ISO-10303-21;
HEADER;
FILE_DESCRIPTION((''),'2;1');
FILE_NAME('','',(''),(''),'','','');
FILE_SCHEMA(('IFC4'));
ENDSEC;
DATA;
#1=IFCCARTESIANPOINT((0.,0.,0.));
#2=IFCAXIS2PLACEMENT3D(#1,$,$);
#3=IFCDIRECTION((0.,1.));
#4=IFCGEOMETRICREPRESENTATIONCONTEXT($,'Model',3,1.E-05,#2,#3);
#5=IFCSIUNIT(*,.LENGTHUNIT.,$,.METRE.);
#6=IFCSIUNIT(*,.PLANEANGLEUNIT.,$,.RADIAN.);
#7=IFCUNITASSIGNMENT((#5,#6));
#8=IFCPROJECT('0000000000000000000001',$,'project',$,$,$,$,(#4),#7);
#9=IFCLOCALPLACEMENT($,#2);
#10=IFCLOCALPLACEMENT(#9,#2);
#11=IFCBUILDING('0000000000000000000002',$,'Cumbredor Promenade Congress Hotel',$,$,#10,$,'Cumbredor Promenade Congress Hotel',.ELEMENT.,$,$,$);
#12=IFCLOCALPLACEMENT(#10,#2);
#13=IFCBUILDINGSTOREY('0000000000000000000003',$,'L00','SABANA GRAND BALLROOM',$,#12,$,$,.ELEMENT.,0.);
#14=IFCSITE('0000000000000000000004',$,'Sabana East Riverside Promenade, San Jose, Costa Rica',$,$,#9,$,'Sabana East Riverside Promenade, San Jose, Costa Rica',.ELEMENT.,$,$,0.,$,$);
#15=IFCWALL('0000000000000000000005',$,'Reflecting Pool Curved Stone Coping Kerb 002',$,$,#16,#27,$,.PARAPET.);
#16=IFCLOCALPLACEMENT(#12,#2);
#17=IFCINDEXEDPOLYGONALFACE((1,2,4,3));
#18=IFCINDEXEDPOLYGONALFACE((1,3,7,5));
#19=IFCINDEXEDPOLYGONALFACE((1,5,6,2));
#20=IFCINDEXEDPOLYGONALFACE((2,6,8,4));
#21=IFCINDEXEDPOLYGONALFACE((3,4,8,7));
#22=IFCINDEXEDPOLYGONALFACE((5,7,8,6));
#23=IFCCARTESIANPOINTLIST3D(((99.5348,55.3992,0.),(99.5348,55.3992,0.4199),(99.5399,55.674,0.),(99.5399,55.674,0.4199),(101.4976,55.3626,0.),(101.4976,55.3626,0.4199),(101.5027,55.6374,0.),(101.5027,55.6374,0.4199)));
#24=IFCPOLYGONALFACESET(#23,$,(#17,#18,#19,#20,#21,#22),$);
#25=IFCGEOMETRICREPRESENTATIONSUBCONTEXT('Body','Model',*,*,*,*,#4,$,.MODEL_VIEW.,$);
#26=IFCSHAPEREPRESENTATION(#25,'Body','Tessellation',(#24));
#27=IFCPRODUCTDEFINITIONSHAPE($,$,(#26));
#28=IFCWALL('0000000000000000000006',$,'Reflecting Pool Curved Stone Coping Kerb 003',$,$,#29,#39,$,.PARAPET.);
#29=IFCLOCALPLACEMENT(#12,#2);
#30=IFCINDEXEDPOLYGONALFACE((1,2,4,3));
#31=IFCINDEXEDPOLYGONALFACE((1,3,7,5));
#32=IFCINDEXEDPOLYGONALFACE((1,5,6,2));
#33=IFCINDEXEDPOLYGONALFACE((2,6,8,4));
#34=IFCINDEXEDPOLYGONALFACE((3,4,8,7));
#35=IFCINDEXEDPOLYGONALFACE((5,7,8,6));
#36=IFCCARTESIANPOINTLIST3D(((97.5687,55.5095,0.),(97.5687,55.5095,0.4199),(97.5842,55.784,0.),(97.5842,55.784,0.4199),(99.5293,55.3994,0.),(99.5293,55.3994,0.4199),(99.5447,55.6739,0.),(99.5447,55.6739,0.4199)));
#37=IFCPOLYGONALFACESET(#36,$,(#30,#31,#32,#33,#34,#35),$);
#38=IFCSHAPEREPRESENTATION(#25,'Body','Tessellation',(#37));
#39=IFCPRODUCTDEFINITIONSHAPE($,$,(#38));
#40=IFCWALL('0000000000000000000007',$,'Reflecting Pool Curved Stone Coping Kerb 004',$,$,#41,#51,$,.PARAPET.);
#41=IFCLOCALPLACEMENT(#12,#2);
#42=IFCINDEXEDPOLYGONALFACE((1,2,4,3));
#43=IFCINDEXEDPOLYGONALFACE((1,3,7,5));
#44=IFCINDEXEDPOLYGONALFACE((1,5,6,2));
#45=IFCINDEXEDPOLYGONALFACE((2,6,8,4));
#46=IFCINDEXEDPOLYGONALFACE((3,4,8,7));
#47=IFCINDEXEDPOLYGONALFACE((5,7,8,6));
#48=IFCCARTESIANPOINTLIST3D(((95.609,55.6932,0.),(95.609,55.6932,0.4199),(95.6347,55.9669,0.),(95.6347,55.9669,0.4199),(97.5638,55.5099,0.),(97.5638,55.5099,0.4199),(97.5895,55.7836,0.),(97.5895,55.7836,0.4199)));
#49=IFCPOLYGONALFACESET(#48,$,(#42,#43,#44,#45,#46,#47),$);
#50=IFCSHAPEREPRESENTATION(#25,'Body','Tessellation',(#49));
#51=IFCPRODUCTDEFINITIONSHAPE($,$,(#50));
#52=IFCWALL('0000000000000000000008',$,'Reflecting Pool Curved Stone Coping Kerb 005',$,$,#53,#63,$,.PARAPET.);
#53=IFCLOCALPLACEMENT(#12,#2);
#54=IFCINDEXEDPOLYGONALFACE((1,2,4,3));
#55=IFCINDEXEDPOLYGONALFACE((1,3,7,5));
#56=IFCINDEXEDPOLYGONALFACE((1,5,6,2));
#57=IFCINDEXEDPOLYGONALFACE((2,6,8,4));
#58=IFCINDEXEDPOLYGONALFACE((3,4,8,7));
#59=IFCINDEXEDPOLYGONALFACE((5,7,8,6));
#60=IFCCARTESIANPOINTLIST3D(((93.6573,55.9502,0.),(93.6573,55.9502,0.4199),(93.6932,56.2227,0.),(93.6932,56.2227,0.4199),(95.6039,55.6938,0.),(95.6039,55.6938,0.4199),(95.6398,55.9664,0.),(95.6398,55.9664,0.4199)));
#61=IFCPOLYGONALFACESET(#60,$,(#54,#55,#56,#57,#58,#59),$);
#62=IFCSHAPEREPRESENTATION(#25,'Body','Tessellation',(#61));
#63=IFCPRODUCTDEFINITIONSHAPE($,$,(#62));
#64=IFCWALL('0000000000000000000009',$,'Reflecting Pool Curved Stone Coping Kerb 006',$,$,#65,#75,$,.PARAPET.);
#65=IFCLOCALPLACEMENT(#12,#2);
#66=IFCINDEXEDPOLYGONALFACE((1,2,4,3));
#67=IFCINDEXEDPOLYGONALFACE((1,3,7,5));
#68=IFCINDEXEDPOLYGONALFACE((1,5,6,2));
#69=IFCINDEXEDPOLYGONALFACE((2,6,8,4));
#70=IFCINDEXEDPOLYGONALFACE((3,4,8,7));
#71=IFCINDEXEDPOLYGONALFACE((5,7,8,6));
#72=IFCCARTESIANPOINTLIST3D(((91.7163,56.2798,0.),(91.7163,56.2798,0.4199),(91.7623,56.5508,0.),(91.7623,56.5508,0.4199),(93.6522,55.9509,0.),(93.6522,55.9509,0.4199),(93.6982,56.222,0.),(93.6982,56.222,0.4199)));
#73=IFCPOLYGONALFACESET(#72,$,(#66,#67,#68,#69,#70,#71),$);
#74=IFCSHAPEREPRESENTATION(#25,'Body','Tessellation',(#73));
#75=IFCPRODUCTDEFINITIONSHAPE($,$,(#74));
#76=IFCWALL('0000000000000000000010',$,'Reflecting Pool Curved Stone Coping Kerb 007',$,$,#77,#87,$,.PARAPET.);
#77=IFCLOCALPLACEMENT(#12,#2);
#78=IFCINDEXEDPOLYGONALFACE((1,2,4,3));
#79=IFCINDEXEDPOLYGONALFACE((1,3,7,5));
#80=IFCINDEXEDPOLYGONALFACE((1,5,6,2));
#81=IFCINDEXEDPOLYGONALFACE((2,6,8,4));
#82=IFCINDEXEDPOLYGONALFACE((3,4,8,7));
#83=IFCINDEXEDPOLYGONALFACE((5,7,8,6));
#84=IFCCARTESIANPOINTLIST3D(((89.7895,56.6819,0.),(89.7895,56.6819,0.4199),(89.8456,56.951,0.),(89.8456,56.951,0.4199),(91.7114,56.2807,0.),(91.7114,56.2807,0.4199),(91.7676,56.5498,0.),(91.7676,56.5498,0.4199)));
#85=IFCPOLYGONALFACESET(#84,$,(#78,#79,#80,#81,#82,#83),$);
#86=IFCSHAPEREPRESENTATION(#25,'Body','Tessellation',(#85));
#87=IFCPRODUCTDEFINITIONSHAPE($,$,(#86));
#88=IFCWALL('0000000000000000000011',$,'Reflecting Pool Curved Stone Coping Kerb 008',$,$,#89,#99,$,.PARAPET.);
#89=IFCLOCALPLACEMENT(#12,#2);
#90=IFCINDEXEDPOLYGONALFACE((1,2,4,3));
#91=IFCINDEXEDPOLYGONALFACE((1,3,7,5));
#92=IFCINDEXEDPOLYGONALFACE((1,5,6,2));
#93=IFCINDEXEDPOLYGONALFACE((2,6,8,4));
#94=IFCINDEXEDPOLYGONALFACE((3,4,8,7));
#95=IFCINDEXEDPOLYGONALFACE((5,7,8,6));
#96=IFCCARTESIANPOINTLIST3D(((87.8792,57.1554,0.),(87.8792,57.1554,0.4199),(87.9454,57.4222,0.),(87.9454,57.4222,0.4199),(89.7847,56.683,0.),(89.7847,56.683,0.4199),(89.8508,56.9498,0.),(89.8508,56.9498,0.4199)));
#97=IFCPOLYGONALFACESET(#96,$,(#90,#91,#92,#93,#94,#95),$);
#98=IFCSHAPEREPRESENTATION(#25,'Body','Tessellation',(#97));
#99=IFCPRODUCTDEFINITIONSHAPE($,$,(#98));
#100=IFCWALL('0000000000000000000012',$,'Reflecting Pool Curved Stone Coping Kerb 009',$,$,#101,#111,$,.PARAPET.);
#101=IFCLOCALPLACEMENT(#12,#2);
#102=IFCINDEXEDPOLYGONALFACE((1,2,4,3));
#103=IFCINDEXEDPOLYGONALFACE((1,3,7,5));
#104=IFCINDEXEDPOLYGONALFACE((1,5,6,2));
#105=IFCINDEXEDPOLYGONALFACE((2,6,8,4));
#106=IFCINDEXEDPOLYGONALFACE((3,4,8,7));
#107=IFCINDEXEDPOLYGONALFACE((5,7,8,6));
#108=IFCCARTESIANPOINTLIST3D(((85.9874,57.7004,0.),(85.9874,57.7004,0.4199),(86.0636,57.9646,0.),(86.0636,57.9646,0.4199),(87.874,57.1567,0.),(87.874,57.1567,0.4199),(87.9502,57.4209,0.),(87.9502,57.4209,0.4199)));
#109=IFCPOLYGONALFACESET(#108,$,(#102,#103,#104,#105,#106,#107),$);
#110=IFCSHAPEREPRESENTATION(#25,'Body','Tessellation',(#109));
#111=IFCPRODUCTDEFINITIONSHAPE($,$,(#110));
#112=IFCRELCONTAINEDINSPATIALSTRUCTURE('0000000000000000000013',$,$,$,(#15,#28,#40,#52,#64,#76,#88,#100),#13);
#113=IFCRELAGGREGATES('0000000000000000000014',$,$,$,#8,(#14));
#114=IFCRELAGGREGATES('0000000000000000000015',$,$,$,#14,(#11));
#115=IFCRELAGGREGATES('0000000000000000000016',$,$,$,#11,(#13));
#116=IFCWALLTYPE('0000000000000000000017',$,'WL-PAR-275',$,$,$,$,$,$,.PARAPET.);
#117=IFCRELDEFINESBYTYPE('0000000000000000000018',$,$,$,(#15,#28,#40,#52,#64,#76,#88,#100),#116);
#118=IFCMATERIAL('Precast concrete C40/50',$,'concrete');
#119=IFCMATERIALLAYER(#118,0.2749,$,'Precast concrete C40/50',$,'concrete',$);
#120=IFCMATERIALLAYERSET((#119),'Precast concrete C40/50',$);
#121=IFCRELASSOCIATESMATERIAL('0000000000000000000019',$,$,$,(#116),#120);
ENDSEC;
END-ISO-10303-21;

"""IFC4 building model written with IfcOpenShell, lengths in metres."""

from ifc_helpers import new_model, si_unit, direction, frame, frame_2d, origin, place, context, subcontext, project, spatial, rectangle, extrude, material, layer, layer_set, type_object, element, save


model = new_model("IFC4")

# Units and contexts
model_context = context("Model", 3, precision=1e-05, world=origin(), true_north=direction((0.0, 1.0)))
body_context = subcontext(model_context, "Body", "Model", "MODEL_VIEW")
ifc_project = project(units=[si_unit("LENGTHUNIT", "METRE"), si_unit("PLANEANGLEUNIT", "RADIAN")], contexts=[model_context])

# Site, building, storey
site_placement = place(None, origin())
site = spatial("IfcSite", under=ifc_project, at=site_placement, Name="Sabana East Riverside Promenade, San Jose, Costa Rica", LongName="Sabana East Riverside Promenade, San Jose, Costa Rica", CompositionType="ELEMENT", RefElevation=0.0)
building_placement = place(site_placement, origin())
building = spatial("IfcBuilding", under=site, at=building_placement, Name="Cumbredor Promenade Congress Hotel", LongName="Cumbredor Promenade Congress Hotel", CompositionType="ELEMENT")
storey_placement = place(building_placement, origin())
storey = spatial("IfcBuildingStorey", under=building, at=storey_placement, Name="L00", Description="SABANA GRAND BALLROOM", CompositionType="ELEMENT", Elevation=0.0)

# Walls
ifc_material_1 = material(Name="Precast concrete C40/50", Category="concrete")
ifc_layer_1 = layer(ifc_material_1, 0.2749, Name="Precast concrete C40/50", Category="concrete")
ifc_layer_set_1 = layer_set([ifc_layer_1], Name="Precast concrete C40/50")
wall_type = type_object("IfcWallType", Name="WL-PAR-275", PredefinedType="PARAPET", material=ifc_layer_set_1)
for number, where, z_axis, x_axis, name in (
    (1, (101.5, 55.5, 0.0), (0.0, 0.0, 1.0), (-0.999826, 0.018653, 0.0), "Reflecting Pool Curved Stone Coping Kerb 002"),
):
    element("IfcWall", number, at=place(storey_placement, frame(where, z_axis=z_axis, x_axis=x_axis)), inside=storey, type_object=wall_type, Name=name, PredefinedType="PARAPET", context=body_context, shape_type="SweptSolid", body=[
        extrude(rectangle(XDim=1.9631, YDim=0.2749, at=frame_2d((0.9814, 0.0))), origin(), (0.0, 0.0, 1.0), 0.4199),
    ])
wall_1_placement = place(storey_placement, frame((99.5371, 55.5366, 0.0), z_axis=(0.0, 0.0, 1.0), x_axis=(-0.998427, 0.056076, 0.0)))
element("IfcWall", 2, at=wall_1_placement, inside=storey, type_object=wall_type, Name="Reflecting Pool Curved Stone Coping Kerb 003", PredefinedType="PARAPET", context=body_context, shape_type="SweptSolid", body=[
    extrude(rectangle(XDim=1.9636, YDim=0.2749, at=frame_2d((0.9819, 0.0))), origin(), (0.0, 0.0, 1.0), 0.4199),
])
for number, where, z_axis, x_axis, name in (
    (3, (97.5767, 55.6467, 0.0), (0.0, 0.0, 1.0), (-0.99563, 0.093383, 0.0), "Reflecting Pool Curved Stone Coping Kerb 004"),
    (4, (95.6218, 55.8301, 0.0), (0.0, 0.0, 1.0), (-0.991439, 0.130567, 0.0), "Reflecting Pool Curved Stone Coping Kerb 005"),
):
    element("IfcWall", number, at=place(storey_placement, frame(where, z_axis=z_axis, x_axis=x_axis)), inside=storey, type_object=wall_type, Name=name, PredefinedType="PARAPET", context=body_context, shape_type="SweptSolid", body=[
        extrude(rectangle(XDim=1.9634, YDim=0.2749, at=frame_2d((0.9817, 0.0))), origin(), (0.0, 0.0, 1.0), 0.4199),
    ])
wall_2_placement = place(storey_placement, frame((93.6753, 56.0864, 0.0), z_axis=(0.0, 0.0, 1.0), x_axis=(-0.985875, 0.167483, 0.0)))
element("IfcWall", 5, at=wall_2_placement, inside=storey, type_object=wall_type, Name="Reflecting Pool Curved Stone Coping Kerb 006", PredefinedType="PARAPET", context=body_context, shape_type="SweptSolid", body=[
    extrude(rectangle(XDim=1.9636, YDim=0.2749, at=frame_2d((0.9819, 0.0))), origin(), (0.0, 0.0, 1.0), 0.4199),
])
wall_3_placement = place(storey_placement, frame((91.7395, 56.4153, 0.0), z_axis=(0.0, 0.0, 1.0), x_axis=(-0.978906, 0.204312, 0.0)))
element("IfcWall", 6, at=wall_3_placement, inside=storey, type_object=wall_type, Name="Reflecting Pool Curved Stone Coping Kerb 007", PredefinedType="PARAPET", context=body_context, shape_type="SweptSolid", body=[
    extrude(rectangle(XDim=1.9634, YDim=0.2749, at=frame_2d((0.9817, 0.0))), origin(), (0.0, 0.0, 1.0), 0.4199),
])
wall_4_placement = place(storey_placement, frame((89.8176, 56.8164, 0.0), z_axis=(0.0, 0.0, 1.0), x_axis=(-0.970616, 0.240633, 0.0)))
element("IfcWall", 7, at=wall_4_placement, inside=storey, type_object=wall_type, Name="Reflecting Pool Curved Stone Coping Kerb 008", PredefinedType="PARAPET", context=body_context, shape_type="SweptSolid", body=[
    extrude(rectangle(XDim=1.9631, YDim=0.2749, at=frame_2d((0.9814, 0.0))), origin(), (0.0, 0.0, 1.0), 0.4199),
])
wall_5_placement = place(storey_placement, frame((87.9121, 57.2888, 0.0), z_axis=(0.0, 0.0, 1.0), x_axis=(-0.960897, 0.276905, 0.0)))
element("IfcWall", 8, at=wall_5_placement, inside=storey, type_object=wall_type, Name="Reflecting Pool Curved Stone Coping Kerb 009", PredefinedType="PARAPET", context=body_context, shape_type="SweptSolid", body=[
    extrude(rectangle(XDim=1.9634, YDim=0.2749, at=frame_2d((0.9817, 0.0))), origin(), (0.0, 0.0, 1.0), 0.4199),
])

save(model, "model.ifc")
